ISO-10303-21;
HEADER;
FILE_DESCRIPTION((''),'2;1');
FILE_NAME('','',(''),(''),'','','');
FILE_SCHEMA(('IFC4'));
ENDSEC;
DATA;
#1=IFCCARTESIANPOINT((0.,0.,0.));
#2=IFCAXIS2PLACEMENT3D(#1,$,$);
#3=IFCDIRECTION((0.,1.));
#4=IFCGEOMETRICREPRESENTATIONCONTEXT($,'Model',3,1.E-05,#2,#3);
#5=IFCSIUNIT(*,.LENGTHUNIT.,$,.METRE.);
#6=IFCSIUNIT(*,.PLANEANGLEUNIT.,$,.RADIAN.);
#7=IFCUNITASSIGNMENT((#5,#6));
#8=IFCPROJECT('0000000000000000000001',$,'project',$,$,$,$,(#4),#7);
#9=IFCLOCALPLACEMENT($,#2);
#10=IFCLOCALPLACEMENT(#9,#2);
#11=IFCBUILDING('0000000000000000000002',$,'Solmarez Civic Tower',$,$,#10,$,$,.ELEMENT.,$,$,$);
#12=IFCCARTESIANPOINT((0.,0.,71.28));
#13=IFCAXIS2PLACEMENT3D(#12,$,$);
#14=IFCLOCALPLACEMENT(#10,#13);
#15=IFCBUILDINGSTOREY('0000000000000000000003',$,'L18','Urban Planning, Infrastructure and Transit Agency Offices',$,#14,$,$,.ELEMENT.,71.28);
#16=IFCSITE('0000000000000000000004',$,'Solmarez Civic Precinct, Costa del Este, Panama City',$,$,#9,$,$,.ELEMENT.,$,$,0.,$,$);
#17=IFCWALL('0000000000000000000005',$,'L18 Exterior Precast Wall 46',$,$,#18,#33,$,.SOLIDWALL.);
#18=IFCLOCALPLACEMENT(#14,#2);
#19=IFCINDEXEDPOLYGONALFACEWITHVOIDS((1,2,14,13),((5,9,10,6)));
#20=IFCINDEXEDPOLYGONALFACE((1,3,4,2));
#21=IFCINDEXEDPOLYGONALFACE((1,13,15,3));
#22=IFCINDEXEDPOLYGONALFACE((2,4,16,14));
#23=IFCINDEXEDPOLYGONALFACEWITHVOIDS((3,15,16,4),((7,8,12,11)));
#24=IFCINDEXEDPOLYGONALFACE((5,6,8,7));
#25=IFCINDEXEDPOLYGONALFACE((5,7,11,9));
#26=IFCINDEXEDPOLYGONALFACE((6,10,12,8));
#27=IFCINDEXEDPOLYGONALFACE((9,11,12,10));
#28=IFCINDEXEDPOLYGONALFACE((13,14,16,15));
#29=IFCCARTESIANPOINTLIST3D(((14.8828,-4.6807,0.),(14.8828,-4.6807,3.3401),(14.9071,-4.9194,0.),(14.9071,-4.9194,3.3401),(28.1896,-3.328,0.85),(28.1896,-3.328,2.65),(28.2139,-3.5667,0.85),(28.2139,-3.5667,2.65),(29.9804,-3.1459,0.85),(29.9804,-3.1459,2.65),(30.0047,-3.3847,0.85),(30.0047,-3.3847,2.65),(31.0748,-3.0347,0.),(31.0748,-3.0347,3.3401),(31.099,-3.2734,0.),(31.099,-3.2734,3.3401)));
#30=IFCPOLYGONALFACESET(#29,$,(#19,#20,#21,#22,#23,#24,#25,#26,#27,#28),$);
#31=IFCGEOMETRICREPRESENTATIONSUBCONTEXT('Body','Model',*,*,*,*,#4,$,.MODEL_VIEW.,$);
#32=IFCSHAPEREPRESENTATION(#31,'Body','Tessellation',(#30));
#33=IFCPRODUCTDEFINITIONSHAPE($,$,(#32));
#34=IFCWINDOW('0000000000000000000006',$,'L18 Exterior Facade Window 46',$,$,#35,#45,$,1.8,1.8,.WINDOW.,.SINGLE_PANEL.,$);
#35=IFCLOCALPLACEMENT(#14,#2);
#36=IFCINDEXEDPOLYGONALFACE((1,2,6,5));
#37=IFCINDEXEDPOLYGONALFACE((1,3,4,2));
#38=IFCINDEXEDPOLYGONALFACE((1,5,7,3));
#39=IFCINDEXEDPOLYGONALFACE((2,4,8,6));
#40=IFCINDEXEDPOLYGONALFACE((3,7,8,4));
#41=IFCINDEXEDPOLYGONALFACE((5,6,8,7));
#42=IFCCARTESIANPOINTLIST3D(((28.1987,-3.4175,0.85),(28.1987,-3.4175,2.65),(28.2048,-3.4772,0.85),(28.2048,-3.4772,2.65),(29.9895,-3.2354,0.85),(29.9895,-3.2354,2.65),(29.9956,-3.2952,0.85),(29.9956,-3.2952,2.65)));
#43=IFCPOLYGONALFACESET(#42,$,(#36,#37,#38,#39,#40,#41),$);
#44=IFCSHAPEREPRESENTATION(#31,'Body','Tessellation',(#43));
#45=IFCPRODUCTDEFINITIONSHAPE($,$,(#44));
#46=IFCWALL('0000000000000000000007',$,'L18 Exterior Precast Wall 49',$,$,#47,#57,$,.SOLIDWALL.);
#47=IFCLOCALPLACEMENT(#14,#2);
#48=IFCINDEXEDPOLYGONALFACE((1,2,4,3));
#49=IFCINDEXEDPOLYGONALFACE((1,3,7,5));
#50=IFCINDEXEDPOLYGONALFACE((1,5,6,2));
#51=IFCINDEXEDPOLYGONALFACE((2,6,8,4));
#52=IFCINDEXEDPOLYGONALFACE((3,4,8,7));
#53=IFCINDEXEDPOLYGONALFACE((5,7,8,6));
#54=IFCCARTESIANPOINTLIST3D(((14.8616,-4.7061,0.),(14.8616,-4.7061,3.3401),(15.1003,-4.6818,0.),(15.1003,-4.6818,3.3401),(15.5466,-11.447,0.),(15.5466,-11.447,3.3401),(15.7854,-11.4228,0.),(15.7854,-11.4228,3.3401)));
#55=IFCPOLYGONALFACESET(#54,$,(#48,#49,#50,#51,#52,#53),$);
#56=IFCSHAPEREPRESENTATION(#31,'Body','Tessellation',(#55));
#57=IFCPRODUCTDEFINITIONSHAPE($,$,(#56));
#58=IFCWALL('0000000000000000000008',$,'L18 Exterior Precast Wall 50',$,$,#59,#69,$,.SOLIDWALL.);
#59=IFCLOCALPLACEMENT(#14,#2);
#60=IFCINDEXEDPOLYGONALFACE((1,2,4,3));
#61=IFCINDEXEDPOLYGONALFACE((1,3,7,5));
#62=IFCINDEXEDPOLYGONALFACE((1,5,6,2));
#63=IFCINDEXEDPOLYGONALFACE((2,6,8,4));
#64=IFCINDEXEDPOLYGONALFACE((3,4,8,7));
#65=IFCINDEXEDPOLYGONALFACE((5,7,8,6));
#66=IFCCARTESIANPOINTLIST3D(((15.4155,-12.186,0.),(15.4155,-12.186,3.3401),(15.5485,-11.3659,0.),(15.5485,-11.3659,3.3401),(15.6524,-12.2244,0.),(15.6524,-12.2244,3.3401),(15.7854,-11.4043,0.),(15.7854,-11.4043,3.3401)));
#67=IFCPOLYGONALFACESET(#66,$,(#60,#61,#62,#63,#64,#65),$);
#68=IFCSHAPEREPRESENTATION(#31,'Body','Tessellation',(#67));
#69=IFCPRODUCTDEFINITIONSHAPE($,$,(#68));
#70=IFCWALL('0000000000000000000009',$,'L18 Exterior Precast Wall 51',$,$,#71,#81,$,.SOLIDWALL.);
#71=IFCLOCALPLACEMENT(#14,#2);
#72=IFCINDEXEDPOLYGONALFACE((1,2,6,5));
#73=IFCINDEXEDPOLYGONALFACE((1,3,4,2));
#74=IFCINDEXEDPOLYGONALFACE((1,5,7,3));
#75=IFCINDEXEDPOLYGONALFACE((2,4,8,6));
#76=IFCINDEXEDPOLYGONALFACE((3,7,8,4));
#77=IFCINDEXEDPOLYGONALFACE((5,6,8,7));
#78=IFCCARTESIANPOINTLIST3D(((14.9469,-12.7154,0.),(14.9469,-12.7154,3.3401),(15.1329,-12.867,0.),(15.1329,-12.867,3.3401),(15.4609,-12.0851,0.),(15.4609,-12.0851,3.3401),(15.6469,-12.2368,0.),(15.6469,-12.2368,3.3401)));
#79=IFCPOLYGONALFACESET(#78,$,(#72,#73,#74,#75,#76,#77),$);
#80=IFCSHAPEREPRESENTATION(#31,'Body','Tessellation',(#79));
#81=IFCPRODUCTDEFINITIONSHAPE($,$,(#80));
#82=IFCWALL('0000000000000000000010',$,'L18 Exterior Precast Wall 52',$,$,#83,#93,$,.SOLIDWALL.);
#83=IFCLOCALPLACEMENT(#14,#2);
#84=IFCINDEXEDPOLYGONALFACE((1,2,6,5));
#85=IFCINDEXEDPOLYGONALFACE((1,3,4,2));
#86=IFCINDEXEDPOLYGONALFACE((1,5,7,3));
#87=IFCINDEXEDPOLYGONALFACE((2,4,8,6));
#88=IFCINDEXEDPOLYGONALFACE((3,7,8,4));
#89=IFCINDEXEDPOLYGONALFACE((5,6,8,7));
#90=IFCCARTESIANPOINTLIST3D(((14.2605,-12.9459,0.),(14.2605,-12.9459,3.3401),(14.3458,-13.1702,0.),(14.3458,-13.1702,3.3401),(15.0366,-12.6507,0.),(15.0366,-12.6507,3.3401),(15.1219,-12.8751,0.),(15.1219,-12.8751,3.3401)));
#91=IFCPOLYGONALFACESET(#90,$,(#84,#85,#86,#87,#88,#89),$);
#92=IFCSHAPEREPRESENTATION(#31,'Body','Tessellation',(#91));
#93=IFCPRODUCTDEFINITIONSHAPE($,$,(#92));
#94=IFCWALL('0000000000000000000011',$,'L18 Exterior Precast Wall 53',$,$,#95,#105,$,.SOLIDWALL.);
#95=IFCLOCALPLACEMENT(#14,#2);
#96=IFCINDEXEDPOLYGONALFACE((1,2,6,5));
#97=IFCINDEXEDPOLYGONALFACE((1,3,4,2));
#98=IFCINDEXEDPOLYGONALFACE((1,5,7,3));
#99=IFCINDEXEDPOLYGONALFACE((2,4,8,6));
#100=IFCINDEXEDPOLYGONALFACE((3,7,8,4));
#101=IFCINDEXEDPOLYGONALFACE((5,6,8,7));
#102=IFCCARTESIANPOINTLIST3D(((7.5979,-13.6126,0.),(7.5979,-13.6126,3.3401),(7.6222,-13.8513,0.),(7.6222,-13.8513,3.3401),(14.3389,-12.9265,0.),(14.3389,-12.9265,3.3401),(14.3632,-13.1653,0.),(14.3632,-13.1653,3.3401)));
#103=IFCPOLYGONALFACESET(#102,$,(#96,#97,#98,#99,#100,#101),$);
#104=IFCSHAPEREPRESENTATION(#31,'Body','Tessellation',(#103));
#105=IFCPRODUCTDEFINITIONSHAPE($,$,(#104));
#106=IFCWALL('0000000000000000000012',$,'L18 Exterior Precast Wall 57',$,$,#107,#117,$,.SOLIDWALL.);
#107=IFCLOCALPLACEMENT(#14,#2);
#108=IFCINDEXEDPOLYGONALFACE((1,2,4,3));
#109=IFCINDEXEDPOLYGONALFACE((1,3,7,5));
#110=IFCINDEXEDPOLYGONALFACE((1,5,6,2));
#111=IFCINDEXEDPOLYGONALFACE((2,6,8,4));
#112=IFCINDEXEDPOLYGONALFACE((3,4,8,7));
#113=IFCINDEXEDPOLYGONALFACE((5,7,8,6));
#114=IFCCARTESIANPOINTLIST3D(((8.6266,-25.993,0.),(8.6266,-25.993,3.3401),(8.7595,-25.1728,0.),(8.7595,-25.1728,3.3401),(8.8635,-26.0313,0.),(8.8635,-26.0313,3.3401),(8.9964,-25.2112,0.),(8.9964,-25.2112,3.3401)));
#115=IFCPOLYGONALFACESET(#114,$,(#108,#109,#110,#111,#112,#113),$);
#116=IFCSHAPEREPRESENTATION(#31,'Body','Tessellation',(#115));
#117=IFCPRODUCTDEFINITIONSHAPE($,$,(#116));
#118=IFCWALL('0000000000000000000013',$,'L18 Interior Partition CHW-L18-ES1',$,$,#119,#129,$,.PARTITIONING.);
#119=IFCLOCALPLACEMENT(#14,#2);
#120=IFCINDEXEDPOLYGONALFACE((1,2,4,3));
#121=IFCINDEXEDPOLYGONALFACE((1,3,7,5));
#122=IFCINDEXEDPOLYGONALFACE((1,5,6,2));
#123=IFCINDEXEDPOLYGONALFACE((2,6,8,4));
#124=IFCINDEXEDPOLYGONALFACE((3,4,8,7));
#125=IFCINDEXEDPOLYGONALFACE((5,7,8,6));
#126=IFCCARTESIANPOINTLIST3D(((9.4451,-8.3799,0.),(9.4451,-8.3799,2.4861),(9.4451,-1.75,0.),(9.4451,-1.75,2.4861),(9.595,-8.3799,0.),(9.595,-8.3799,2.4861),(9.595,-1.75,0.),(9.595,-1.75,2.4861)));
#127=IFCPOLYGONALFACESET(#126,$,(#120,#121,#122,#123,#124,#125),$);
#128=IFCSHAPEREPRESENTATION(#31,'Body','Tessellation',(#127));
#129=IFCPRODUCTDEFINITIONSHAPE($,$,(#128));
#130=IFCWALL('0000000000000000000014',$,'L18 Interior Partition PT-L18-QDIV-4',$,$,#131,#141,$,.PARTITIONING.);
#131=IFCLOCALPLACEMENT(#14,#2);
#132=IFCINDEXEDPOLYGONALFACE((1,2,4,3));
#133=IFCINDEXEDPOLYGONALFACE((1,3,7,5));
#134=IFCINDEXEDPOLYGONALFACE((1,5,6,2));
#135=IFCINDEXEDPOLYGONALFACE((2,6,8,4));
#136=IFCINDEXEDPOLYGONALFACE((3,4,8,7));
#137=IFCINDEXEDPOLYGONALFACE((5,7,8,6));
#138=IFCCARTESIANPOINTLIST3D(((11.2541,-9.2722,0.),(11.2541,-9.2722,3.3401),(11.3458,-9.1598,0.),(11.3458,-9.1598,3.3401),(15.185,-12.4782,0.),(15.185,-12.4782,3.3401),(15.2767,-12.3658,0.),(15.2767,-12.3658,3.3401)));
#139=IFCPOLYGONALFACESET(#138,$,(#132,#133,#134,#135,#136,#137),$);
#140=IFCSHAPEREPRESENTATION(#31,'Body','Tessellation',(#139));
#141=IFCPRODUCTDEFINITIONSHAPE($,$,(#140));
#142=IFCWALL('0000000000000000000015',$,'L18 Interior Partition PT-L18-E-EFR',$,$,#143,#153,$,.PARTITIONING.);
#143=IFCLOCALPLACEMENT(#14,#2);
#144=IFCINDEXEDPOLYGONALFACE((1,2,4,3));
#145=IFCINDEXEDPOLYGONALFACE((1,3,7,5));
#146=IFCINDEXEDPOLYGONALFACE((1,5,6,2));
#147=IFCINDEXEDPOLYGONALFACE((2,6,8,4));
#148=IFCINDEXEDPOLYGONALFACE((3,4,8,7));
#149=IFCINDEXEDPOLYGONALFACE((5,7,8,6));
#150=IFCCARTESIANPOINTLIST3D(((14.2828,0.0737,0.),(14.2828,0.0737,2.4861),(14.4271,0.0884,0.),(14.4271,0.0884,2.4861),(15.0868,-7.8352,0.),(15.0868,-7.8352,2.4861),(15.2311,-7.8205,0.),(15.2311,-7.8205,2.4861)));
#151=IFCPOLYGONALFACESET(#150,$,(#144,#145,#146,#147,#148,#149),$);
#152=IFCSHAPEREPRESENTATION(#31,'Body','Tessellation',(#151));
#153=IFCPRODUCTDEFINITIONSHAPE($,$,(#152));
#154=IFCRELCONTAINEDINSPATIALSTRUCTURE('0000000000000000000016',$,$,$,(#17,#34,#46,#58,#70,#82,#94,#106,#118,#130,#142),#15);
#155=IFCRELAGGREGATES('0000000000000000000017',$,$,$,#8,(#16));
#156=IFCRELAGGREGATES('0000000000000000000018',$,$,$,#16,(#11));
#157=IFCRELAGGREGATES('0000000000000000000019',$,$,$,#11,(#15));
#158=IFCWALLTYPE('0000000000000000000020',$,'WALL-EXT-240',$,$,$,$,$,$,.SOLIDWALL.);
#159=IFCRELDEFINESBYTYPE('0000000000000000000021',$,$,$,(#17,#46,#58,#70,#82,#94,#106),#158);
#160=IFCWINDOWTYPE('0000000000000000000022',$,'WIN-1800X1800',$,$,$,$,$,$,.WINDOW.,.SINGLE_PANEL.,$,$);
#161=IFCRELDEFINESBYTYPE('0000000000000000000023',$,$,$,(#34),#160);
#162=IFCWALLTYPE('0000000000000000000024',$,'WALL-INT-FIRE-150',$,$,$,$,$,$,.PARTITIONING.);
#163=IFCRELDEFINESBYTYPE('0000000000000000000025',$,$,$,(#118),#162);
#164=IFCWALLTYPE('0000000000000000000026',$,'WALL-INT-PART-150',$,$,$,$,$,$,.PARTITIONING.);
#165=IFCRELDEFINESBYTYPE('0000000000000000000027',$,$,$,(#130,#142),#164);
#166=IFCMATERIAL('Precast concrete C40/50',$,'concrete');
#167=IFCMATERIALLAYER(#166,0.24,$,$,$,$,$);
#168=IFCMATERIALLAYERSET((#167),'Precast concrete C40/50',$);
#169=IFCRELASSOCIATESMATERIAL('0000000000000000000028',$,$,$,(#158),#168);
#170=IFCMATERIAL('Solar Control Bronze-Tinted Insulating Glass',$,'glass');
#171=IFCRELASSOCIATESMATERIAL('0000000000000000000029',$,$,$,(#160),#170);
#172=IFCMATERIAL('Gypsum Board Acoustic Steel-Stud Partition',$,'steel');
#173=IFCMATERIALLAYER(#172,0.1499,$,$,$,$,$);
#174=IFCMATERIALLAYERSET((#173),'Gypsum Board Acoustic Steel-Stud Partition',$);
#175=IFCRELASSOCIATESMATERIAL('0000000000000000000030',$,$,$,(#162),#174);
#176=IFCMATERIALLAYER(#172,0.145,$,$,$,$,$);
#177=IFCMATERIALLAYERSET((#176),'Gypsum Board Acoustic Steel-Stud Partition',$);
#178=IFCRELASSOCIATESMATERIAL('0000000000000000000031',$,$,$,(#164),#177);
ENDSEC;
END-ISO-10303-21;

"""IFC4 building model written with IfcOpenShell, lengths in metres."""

from ifc_helpers import new_model, si_unit, direction, frame, frame_2d, origin, place, context, subcontext, project, spatial, rectangle, extrude, material, layer, layer_set, type_object, element, fill, save


model = new_model("IFC4")

# Units and contexts
model_context = context("Model", 3, precision=1e-05, world=origin(), true_north=direction((0.0, 1.0)))
body_context = subcontext(model_context, "Body", "Model", "MODEL_VIEW")
ifc_project = project(units=[si_unit("LENGTHUNIT", "METRE"), si_unit("PLANEANGLEUNIT", "RADIAN")], contexts=[model_context])

# Site, building, storey
site_placement = place(None, origin())
site = spatial("IfcSite", under=ifc_project, at=site_placement, Name="Solmarez Civic Precinct, Costa del Este, Panama City", CompositionType="ELEMENT", RefElevation=0.0)
building_placement = place(site_placement, origin())
building = spatial("IfcBuilding", under=site, at=building_placement, Name="Solmarez Civic Tower", CompositionType="ELEMENT")
storey_placement = place(building_placement, frame((0.0, 0.0, 71.28)))
storey = spatial("IfcBuildingStorey", under=building, at=storey_placement, Name="L18", Description="Urban Planning, Infrastructure and Transit Agency Offices", CompositionType="ELEMENT", Elevation=71.28)

# Shared definitions
ifc_material_1 = material(Name="Precast concrete C40/50", Category="concrete")
ifc_layer_1 = layer(ifc_material_1, 0.24)
ifc_layer_set_1 = layer_set([ifc_layer_1], Name="Precast concrete C40/50")
wall_type_1 = type_object("IfcWallType", Name="WALL-EXT-240", PredefinedType="SOLIDWALL", material=ifc_layer_set_1)

# Wall, opening, window
wall_1_placement = place(storey_placement, frame((31.0869, -3.1541, 0.0), z_axis=(0.0, 0.0, 1.0), x_axis=(-0.994873, -0.101134, 0.0)))
wall_1 = element("IfcWall", 1, at=wall_1_placement, inside=storey, type_object=wall_type_1, Name="L18 Exterior Precast Wall 46", PredefinedType="SOLIDWALL", context=body_context, shape_type="SweptSolid", body=[
    extrude(rectangle(XDim=16.2754, YDim=0.24, at=frame_2d((8.1377, 0.0))), origin(), (0.0, 0.0, 1.0), 3.3401),
])
opening_placement = place(wall_1_placement, frame((1.1001, 0.0, 0.8501)))
opening = element("IfcOpeningElement", 2, at=opening_placement, cuts=wall_1, PredefinedType="OPENING", context=body_context, shape_type="SweptSolid", body=[
    extrude(rectangle(XDim=1.8, YDim=1.8, at=frame_2d((0.8999, 0.8999))), frame((0.0, 0.1299, 0.0), z_axis=(0.0, -1.0, 0.0), x_axis=(1.0, 0.0, 0.0)), (0.0, 0.0, 1.0), 0.26),
])
ifc_material_2 = material(Name="Solar Control Bronze-Tinted Insulating Glass", Category="glass")
window_type = type_object("IfcWindowType", Name="WIN-1800X1800", PartitioningType="SINGLE_PANEL", PredefinedType="WINDOW", material=ifc_material_2)
window_placement = place(opening_placement, origin())
window = element("IfcWindow", 3, at=window_placement, inside=storey, type_object=window_type, Name="L18 Exterior Facade Window 46", OverallHeight=1.8, OverallWidth=1.8, PartitioningType="SINGLE_PANEL", PredefinedType="WINDOW", context=body_context, shape_type="SweptSolid", body=[
    extrude(rectangle(XDim=1.8, YDim=1.8, at=frame_2d((0.8999, 0.8999))), frame((0.0, 0.03, 0.0), z_axis=(0.0, -1.0, 0.0), x_axis=(1.0, 0.0, 0.0)), (0.0, 0.0, 1.0), 0.0601),
])
fill(opening, window)

# Walls
wall_2_placement = place(storey_placement, frame((14.981, -4.6941, 0.0), z_axis=(0.0, 0.0, 1.0), x_axis=(0.101105, -0.994876, 0.0)))
element("IfcWall", 4, at=wall_2_placement, inside=storey, type_object=wall_type_1, Name="L18 Exterior Precast Wall 49", PredefinedType="SOLIDWALL", context=body_context, shape_type="SweptSolid", body=[
    extrude(rectangle(XDim=6.7756, YDim=0.24, at=frame_2d((3.3877, 0.0))), origin(), (0.0, 0.0, 1.0), 3.3401),
])
wall_3_placement = place(storey_placement, frame((15.667, -11.385, 0.0), z_axis=(0.0, 0.0, 1.0), x_axis=(-0.160156, -0.987092, 0.0)))
element("IfcWall", 5, at=wall_3_placement, inside=storey, type_object=wall_type_1, Name="L18 Exterior Precast Wall 50", PredefinedType="SOLIDWALL", context=body_context, shape_type="SweptSolid", body=[
    extrude(rectangle(XDim=0.8308, YDim=0.24, at=frame_2d((0.4155, 0.0))), origin(), (0.0, 0.0, 1.0), 3.3401),
])
wall_4_placement = place(storey_placement, frame((15.554, -12.1609, 0.0), z_axis=(0.0, 0.0, 1.0), x_axis=(-0.632027, -0.774946, 0.0)))
element("IfcWall", 6, at=wall_4_placement, inside=storey, type_object=wall_type_1, Name="L18 Exterior Precast Wall 51", PredefinedType="SOLIDWALL", context=body_context, shape_type="SweptSolid", body=[
    extrude(rectangle(XDim=0.8132, YDim=0.24, at=frame_2d((0.4067, 0.0))), origin(), (0.0, 0.0, 1.0), 3.3401),
])
wall_5_placement = place(storey_placement, frame((15.0791, -12.7629, 0.0), z_axis=(0.0, 0.0, 1.0), x_axis=(-0.934688, -0.35547, 0.0)))
element("IfcWall", 7, at=wall_5_placement, inside=storey, type_object=wall_type_1, Name="L18 Exterior Precast Wall 52", PredefinedType="SOLIDWALL", context=body_context, shape_type="SweptSolid", body=[
    extrude(rectangle(XDim=0.8303, YDim=0.24, at=frame_2d((0.415, 0.0))), origin(), (0.0, 0.0, 1.0), 3.3401),
])
wall_6_placement = place(storey_placement, frame((14.3511, -13.0459, 0.0), z_axis=(0.0, 0.0, 1.0), x_axis=(-0.994861, -0.101248, 0.0)))
element("IfcWall", 8, at=wall_6_placement, inside=storey, type_object=wall_type_1, Name="L18 Exterior Precast Wall 53", PredefinedType="SOLIDWALL", context=body_context, shape_type="SweptSolid", body=[
    extrude(rectangle(XDim=6.7759, YDim=0.24, at=frame_2d((3.3879, 0.0))), origin(), (0.0, 0.0, 1.0), 3.3401),
])
wall_7_placement = place(storey_placement, frame((8.8779, -25.1919, 0.0), z_axis=(0.0, 0.0, 1.0), x_axis=(-0.15987, -0.987138, 0.0)))
element("IfcWall", 9, at=wall_7_placement, inside=storey, type_object=wall_type_1, Name="L18 Exterior Precast Wall 57", PredefinedType="SOLIDWALL", context=body_context, shape_type="SweptSolid", body=[
    extrude(rectangle(XDim=0.8308, YDim=0.24, at=frame_2d((0.4155, 0.0))), origin(), (0.0, 0.0, 1.0), 3.3401),
])
ifc_material_3 = material(Name="Gypsum Board Acoustic Steel-Stud Partition", Category="steel")
ifc_layer_2 = layer(ifc_material_3, 0.1499)
ifc_layer_set_2 = layer_set([ifc_layer_2], Name="Gypsum Board Acoustic Steel-Stud Partition")
wall_type_2 = type_object("IfcWallType", Name="WALL-INT-FIRE-150", PredefinedType="PARTITIONING", material=ifc_layer_set_2)
wall_8_placement = place(storey_placement, frame((9.52, -8.3799, 0.0), z_axis=(0.0, 0.0, 1.0), x_axis=(0.0, 1.0, 0.0)))
element("IfcWall", 10, at=wall_8_placement, inside=storey, type_object=wall_type_2, Name="L18 Interior Partition CHW-L18-ES1", PredefinedType="PARTITIONING", context=body_context, shape_type="SweptSolid", body=[
    extrude(rectangle(XDim=6.6299, YDim=0.1499, at=frame_2d((3.3149, 0.0))), origin(), (0.0, 0.0, 1.0), 2.4861),
])
ifc_layer_3 = layer(ifc_material_3, 0.145)
ifc_layer_set_3 = layer_set([ifc_layer_3], Name="Gypsum Board Acoustic Steel-Stud Partition")
wall_type_3 = type_object("IfcWallType", Name="WALL-INT-PART-150", PredefinedType="PARTITIONING", material=ifc_layer_set_3)
wall_9_placement = place(storey_placement, frame((11.3, -9.2161, 0.0), z_axis=(0.0, 0.0, 1.0), x_axis=(0.774936, -0.632039, 0.0)))
element("IfcWall", 11, at=wall_9_placement, inside=storey, type_object=wall_type_3, Name="L18 Interior Partition PT-L18-QDIV-4", PredefinedType="PARTITIONING", context=body_context, shape_type="SweptSolid", body=[
    extrude(rectangle(XDim=5.0725, YDim=0.145, at=frame_2d((2.5361, 0.0))), origin(), (0.0, 0.0, 1.0), 3.3401),
])
wall_10_placement = place(storey_placement, frame((15.1589, -7.8279, 0.0), z_axis=(0.0, 0.0, 1.0), x_axis=(-0.10113, 0.994873, 0.0)))
element("IfcWall", 12, at=wall_10_placement, inside=storey, type_object=wall_type_3, Name="L18 Interior Partition PT-L18-E-EFR", PredefinedType="PARTITIONING", context=body_context, shape_type="SweptSolid", body=[
    extrude(rectangle(XDim=7.9497, YDim=0.145, at=frame_2d((3.9749, 0.0))), origin(), (0.0, 0.0, 1.0), 2.4861),
])

save(model, "model.ifc")
